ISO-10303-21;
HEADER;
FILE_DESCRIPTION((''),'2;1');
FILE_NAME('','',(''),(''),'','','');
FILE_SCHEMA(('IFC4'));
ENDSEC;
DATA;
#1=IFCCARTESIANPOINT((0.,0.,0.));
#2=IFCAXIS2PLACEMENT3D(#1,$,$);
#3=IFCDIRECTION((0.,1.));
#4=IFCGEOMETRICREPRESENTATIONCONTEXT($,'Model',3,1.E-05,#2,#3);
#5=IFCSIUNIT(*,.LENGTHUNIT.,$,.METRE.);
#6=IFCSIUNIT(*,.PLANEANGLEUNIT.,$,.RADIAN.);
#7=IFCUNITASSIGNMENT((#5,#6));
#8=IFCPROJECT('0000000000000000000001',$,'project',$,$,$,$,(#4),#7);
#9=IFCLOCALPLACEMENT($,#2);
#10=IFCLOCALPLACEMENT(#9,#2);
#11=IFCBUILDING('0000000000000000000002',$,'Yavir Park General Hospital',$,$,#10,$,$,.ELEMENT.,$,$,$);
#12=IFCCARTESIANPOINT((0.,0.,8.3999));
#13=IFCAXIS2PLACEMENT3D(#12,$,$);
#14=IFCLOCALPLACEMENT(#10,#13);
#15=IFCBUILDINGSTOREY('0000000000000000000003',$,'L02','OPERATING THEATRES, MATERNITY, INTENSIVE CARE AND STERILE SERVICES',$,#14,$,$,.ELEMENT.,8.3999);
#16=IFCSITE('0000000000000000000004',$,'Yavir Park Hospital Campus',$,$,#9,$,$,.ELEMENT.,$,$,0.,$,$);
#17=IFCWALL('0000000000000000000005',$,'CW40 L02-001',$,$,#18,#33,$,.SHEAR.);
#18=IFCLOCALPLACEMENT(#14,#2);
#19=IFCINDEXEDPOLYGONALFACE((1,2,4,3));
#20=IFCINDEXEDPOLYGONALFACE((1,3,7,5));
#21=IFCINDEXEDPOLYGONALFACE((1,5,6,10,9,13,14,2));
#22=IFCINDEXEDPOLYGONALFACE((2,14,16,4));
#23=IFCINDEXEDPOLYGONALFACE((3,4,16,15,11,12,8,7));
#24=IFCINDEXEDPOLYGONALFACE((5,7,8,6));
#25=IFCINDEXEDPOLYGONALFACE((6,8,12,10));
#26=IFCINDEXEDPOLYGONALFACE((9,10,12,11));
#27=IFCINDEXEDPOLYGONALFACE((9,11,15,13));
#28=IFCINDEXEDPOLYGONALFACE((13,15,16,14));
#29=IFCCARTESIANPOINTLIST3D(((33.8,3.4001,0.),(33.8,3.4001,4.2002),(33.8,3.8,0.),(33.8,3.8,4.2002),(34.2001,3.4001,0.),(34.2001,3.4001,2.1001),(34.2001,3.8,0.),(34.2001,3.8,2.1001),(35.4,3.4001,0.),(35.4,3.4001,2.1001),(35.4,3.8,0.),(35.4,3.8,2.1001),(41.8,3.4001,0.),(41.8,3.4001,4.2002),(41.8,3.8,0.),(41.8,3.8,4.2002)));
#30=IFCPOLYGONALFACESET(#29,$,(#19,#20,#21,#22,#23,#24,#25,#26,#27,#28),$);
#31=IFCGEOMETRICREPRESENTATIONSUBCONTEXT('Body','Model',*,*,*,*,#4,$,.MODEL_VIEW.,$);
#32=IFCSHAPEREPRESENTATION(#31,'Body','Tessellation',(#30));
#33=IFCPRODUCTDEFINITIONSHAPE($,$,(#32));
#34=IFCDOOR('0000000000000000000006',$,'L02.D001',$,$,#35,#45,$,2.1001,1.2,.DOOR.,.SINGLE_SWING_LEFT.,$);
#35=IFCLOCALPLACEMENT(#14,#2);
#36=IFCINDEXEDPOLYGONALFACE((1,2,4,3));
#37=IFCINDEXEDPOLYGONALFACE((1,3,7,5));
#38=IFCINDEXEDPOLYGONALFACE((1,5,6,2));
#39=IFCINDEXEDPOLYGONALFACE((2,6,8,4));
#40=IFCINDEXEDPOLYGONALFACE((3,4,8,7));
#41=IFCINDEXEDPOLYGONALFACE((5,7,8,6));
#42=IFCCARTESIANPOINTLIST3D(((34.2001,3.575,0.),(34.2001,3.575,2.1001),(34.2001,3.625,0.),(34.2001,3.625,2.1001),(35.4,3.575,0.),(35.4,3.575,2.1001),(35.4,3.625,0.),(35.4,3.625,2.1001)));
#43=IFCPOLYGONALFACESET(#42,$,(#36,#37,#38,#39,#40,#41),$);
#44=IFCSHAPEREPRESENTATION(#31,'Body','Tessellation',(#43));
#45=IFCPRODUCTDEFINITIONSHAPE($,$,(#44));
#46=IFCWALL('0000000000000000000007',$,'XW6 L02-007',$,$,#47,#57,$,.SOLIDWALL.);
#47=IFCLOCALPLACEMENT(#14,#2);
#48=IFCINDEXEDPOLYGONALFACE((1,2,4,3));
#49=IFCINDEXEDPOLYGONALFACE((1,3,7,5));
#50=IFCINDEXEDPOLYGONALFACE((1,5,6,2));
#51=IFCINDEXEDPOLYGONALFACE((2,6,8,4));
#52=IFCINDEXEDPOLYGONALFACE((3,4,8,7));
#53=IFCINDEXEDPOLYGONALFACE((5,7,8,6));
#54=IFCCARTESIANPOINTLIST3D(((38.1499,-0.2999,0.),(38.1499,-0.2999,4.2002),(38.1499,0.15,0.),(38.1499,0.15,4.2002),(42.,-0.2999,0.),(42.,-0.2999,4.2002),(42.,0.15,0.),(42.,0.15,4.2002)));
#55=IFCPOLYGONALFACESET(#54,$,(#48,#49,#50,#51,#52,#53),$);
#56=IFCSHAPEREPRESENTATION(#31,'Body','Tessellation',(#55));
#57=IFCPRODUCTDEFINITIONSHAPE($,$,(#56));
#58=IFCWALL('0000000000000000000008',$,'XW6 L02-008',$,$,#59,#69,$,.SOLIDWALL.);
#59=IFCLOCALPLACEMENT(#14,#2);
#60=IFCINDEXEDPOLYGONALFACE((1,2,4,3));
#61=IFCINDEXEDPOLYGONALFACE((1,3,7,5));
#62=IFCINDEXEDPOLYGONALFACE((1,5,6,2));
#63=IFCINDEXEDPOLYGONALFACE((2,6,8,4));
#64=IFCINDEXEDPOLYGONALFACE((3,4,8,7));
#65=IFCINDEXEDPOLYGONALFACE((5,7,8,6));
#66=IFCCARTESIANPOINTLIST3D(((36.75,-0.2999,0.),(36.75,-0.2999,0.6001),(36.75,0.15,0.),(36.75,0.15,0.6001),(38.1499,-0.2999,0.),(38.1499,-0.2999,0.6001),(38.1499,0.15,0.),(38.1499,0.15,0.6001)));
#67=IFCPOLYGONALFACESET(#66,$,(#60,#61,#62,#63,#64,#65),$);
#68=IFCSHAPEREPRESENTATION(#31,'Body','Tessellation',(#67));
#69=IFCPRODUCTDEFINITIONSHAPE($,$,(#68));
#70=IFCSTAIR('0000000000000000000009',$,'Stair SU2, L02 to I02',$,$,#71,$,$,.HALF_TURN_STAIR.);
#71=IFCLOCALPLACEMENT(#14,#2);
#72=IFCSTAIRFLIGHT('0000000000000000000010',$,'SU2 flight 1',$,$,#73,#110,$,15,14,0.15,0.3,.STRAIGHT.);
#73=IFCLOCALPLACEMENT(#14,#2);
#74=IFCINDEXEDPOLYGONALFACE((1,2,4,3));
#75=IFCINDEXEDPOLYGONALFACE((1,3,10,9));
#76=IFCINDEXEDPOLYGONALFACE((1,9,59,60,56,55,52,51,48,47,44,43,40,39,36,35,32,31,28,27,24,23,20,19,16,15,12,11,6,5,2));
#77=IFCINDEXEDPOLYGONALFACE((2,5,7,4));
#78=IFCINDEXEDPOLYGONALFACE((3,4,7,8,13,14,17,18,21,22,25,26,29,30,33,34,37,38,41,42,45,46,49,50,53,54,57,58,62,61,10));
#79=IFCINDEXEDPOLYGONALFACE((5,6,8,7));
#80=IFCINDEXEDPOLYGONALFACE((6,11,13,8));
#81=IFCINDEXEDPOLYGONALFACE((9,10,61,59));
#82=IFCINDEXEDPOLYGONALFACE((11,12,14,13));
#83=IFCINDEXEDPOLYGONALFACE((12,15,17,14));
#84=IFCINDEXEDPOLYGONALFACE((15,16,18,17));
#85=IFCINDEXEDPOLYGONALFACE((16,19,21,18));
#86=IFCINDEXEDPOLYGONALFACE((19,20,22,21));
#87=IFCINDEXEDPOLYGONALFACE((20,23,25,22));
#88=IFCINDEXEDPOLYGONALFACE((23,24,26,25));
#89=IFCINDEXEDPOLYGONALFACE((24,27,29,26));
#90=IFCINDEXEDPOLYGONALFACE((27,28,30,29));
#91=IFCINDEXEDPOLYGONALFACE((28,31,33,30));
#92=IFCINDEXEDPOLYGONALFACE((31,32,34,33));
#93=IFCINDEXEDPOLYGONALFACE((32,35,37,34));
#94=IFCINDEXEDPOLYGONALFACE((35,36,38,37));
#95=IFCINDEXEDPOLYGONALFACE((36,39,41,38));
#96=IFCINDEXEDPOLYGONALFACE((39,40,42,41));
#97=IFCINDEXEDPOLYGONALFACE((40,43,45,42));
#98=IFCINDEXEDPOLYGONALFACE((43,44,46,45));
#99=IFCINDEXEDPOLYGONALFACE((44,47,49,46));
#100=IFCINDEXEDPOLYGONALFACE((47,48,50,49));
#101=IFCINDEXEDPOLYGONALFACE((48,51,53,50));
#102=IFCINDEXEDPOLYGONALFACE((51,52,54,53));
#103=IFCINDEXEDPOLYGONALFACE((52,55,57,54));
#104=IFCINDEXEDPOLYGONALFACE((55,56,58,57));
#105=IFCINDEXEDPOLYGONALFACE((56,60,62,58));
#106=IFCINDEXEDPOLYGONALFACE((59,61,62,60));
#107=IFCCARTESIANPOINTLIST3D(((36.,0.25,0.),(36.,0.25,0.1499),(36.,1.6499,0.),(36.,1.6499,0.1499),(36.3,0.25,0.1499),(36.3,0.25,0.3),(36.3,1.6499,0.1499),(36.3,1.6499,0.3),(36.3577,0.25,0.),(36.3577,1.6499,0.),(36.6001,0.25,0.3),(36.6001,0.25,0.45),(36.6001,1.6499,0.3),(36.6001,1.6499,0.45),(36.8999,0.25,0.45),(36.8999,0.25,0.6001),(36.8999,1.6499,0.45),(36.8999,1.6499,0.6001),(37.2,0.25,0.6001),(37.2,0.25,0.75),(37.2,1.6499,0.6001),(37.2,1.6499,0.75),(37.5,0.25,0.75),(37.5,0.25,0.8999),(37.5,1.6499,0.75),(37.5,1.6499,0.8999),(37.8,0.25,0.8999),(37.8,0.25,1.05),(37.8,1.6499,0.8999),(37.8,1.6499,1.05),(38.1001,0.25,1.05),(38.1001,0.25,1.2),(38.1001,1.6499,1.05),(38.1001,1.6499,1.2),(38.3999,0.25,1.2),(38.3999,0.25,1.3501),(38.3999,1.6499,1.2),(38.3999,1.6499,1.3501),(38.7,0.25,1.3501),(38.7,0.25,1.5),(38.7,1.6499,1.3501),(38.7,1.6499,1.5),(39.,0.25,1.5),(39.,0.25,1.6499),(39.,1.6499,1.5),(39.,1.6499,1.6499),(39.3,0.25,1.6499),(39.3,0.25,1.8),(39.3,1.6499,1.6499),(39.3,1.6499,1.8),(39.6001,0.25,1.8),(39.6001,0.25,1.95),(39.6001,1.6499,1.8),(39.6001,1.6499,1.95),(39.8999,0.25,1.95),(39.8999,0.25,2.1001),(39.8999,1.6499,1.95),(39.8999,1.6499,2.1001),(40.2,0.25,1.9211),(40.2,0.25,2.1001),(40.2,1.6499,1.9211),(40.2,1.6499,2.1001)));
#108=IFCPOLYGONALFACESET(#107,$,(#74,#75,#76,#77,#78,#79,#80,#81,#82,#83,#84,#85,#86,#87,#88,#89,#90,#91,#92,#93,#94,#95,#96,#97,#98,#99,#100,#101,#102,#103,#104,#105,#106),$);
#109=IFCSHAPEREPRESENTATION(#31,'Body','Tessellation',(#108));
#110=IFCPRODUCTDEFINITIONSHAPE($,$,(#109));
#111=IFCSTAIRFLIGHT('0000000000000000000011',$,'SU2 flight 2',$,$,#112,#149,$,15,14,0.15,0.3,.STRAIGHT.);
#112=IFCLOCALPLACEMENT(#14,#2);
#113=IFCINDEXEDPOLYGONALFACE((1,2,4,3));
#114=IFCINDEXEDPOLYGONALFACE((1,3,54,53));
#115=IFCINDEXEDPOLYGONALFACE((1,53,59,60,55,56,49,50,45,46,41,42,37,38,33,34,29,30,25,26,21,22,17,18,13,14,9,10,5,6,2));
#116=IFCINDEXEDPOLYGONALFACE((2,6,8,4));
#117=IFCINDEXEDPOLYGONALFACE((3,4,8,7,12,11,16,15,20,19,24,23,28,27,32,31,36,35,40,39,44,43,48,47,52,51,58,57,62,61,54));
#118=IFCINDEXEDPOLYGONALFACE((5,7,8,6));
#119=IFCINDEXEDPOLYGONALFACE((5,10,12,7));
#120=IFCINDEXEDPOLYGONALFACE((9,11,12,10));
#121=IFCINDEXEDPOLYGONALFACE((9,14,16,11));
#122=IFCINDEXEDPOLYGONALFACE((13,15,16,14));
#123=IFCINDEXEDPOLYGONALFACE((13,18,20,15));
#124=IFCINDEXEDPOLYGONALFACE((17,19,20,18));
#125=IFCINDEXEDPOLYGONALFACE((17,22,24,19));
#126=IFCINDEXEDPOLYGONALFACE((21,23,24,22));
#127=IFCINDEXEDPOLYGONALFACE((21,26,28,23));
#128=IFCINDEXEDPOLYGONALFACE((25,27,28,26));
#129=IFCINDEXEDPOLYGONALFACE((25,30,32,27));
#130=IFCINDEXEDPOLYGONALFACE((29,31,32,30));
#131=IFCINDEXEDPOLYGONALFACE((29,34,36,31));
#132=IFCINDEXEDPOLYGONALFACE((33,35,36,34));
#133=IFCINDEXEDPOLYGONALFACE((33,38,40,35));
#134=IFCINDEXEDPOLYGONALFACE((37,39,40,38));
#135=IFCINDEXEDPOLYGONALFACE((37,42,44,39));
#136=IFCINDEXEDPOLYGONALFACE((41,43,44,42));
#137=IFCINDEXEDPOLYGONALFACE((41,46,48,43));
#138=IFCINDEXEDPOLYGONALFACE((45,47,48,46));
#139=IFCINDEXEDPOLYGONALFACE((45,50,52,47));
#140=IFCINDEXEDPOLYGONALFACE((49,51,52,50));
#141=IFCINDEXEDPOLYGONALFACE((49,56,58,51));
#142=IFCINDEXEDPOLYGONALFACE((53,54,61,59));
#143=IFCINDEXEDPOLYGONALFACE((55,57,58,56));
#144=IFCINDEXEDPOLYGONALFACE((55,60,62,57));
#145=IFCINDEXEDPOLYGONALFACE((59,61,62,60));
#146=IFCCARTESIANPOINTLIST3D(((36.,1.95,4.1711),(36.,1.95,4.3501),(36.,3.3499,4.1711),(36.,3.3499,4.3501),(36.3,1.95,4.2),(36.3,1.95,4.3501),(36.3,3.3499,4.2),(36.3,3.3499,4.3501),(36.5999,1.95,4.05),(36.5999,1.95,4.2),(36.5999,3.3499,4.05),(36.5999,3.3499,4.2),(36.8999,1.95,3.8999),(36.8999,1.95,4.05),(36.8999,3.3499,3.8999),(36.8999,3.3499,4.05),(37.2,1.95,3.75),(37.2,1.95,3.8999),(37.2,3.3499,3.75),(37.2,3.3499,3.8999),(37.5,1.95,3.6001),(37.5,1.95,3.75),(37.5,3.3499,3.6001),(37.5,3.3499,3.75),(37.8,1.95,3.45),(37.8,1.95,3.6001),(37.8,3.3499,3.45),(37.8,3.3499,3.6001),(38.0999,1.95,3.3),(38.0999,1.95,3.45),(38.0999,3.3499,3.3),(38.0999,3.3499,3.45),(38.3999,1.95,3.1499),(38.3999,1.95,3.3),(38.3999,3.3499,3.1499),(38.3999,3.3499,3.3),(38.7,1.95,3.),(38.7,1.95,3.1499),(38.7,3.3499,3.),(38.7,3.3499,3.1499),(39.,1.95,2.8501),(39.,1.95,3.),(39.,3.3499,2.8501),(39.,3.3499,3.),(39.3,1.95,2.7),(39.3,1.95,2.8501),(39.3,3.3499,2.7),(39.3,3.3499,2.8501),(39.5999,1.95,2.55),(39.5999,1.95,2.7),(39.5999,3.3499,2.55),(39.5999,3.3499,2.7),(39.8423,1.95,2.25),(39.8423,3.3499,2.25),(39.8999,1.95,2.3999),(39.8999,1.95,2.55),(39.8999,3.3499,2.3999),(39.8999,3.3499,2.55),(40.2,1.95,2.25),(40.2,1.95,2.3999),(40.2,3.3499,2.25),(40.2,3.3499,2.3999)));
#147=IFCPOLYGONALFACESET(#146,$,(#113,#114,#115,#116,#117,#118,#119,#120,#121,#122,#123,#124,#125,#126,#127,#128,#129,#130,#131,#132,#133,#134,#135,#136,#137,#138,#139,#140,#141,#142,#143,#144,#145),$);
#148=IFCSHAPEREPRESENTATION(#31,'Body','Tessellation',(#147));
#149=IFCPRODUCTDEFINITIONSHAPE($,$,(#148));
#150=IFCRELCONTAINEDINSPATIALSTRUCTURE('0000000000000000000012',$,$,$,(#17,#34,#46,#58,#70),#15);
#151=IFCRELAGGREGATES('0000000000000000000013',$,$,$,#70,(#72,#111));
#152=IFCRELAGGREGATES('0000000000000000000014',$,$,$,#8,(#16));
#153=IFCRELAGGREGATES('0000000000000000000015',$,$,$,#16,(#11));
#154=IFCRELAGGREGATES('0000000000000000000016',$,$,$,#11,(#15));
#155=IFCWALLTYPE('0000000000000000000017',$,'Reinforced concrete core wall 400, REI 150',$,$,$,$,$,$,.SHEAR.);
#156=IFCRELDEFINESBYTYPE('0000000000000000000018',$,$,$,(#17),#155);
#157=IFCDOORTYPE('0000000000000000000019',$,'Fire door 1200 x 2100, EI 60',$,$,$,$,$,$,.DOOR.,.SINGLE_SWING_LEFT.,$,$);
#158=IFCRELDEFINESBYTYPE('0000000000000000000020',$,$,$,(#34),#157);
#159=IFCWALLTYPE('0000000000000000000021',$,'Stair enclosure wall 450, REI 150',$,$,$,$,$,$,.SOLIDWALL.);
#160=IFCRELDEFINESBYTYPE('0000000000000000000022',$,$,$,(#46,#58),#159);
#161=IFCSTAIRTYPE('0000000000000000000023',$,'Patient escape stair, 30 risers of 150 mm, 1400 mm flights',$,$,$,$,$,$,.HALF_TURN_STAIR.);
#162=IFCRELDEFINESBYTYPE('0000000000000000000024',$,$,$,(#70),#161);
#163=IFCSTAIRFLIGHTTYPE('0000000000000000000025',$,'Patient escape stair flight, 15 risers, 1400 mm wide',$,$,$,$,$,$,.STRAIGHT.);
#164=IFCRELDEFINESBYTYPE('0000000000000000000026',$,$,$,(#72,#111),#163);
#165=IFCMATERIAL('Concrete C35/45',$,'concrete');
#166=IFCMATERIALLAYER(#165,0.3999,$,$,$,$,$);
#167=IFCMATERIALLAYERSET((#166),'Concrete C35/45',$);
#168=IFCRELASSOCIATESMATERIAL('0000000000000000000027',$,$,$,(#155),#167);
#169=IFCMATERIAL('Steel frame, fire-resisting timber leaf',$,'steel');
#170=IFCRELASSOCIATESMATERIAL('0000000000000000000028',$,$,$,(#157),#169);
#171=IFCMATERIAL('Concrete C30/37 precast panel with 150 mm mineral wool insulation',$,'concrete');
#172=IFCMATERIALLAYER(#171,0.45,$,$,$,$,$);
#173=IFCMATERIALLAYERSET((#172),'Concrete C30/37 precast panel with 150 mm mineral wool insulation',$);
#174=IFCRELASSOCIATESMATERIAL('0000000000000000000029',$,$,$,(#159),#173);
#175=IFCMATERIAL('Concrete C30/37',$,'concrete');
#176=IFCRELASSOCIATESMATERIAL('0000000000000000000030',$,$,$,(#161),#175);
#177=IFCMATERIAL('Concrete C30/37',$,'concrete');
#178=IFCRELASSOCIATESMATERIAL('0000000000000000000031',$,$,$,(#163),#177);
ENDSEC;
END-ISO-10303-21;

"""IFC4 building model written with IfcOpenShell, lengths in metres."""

from ifc_helpers import new_model, si_unit, direction, frame, frame_2d, origin, place, context, subcontext, project, spatial, polyline, rectangle, outline, extrude, material, layer, layer_set, type_object, element, fill, aggregate, save


model = new_model("IFC4")

# Units and contexts
model_context = context("Model", 3, precision=1e-05, world=origin(), true_north=direction((0.0, 1.0)))
body_context = subcontext(model_context, "Body", "Model", "MODEL_VIEW")
ifc_project = project(units=[si_unit("LENGTHUNIT", "METRE"), si_unit("PLANEANGLEUNIT", "RADIAN")], contexts=[model_context])

# Site, building, storey
site_placement = place(None, origin())
site = spatial("IfcSite", under=ifc_project, at=site_placement, Name="Yavir Park Hospital Campus", CompositionType="ELEMENT", RefElevation=0.0)
building_placement = place(site_placement, origin())
building = spatial("IfcBuilding", under=site, at=building_placement, Name="Yavir Park General Hospital", CompositionType="ELEMENT")
storey_placement = place(building_placement, frame((0.0, 0.0, 8.3999)))
storey = spatial("IfcBuildingStorey", under=building, at=storey_placement, Name="L02", Description="OPERATING THEATRES, MATERNITY, INTENSIVE CARE AND STERILE SERVICES", CompositionType="ELEMENT", Elevation=8.3999)

# Wall, opening, door
ifc_material_1 = material(Name="Concrete C35/45", Category="concrete")
ifc_layer_1 = layer(ifc_material_1, 0.3999)
ifc_layer_set_1 = layer_set([ifc_layer_1], Name="Concrete C35/45")
wall_type_1 = type_object("IfcWallType", Name="Reinforced concrete core wall 400, REI 150", PredefinedType="SHEAR", material=ifc_layer_set_1)
wall_1_placement = place(storey_placement, frame((33.8, 3.6001, 0.0), z_axis=(0.0, 0.0, 1.0), x_axis=(1.0, 0.0, 0.0)))
wall_1 = element("IfcWall", 1, at=wall_1_placement, inside=storey, type_object=wall_type_1, Name="CW40 L02-001", PredefinedType="SHEAR", context=body_context, shape_type="SweptSolid", body=[
    extrude(rectangle(XDim=8.0, YDim=0.3999, at=frame_2d((4.0, 0.0))), origin(), (0.0, 0.0, 1.0), 4.2002),
])
opening_1_placement = place(wall_1_placement, frame((0.3999, 0.0, 0.0)))
opening_1 = element("IfcOpeningElement", 2, at=opening_1_placement, cuts=wall_1, PredefinedType="OPENING", context=body_context, shape_type="SweptSolid", body=[
    extrude(rectangle(XDim=1.2, YDim=2.1001, at=frame_2d((0.6001, 1.05))), frame((0.0, 0.21, 0.0), z_axis=(0.0, -1.0, 0.0), x_axis=(1.0, 0.0, 0.0)), (0.0, 0.0, 1.0), 0.4199),
])
ifc_material_2 = material(Name="Steel frame, fire-resisting timber leaf", Category="steel")
door_type_1 = type_object("IfcDoorType", Name="Fire door 1200 x 2100, EI 60", OperationType="SINGLE_SWING_LEFT", PredefinedType="DOOR", material=ifc_material_2)
door_1_placement = place(opening_1_placement, origin())
door_1 = element("IfcDoor", 3, at=door_1_placement, inside=storey, type_object=door_type_1, Name="L02.D001", OperationType="SINGLE_SWING_LEFT", OverallHeight=2.1001, OverallWidth=1.2, PredefinedType="DOOR", context=body_context, shape_type="SweptSolid", body=[
    extrude(rectangle(XDim=1.2, YDim=2.1001, at=frame_2d((0.6001, 1.05))), frame((0.0, 0.0249, 0.0), z_axis=(0.0, -1.0, 0.0), x_axis=(1.0, 0.0, 0.0)), (0.0, 0.0, 1.0), 0.05),
])
fill(opening_1, door_1)

# Walls
ifc_material_3 = material(Name="Concrete C30/37 precast panel with 150 mm mineral wool insulation", Category="concrete")
ifc_layer_2 = layer(ifc_material_3, 0.45)
ifc_layer_set_2 = layer_set([ifc_layer_2], Name="Concrete C30/37 precast panel with 150 mm mineral wool insulation")
wall_type_2 = type_object("IfcWallType", Name="Stair enclosure wall 450, REI 150", PredefinedType="SOLIDWALL", material=ifc_layer_set_2)
wall_2_placement = place(storey_placement, frame((38.1499, -0.075, 0.0), z_axis=(0.0, 0.0, 1.0), x_axis=(1.0, 0.0, 0.0)))
element("IfcWall", 4, at=wall_2_placement, inside=storey, type_object=wall_type_2, Name="XW6 L02-007", PredefinedType="SOLIDWALL", context=body_context, shape_type="SweptSolid", body=[
    extrude(rectangle(XDim=3.8501, YDim=0.45, at=frame_2d((1.925, 0.0))), origin(), (0.0, 0.0, 1.0), 4.2002),
])
wall_3_placement = place(storey_placement, frame((36.75, -0.075, 0.0), z_axis=(0.0, 0.0, 1.0), x_axis=(1.0, 0.0, 0.0)))
element("IfcWall", 5, at=wall_3_placement, inside=storey, type_object=wall_type_2, Name="XW6 L02-008", PredefinedType="SOLIDWALL", context=body_context, shape_type="SweptSolid", body=[
    extrude(rectangle(XDim=1.3999, YDim=0.45, at=frame_2d((0.7, 0.0))), origin(), (0.0, 0.0, 1.0), 0.6001),
])

# Stair, stair flights
ifc_material_4 = material(Name="Concrete C30/37", Category="concrete")
stair_type = type_object("IfcStairType", Name="Patient escape stair, 30 risers of 150 mm, 1400 mm flights", PredefinedType="HALF_TURN_STAIR", material=ifc_material_4)
stair_placement = place(storey_placement, origin())
stair = element("IfcStair", 6, at=stair_placement, inside=storey, type_object=stair_type, Name="Stair SU2, L02 to I02", PredefinedType="HALF_TURN_STAIR")
ifc_material_5 = material(Name="Concrete C30/37", Category="concrete")
stair_flight_type = type_object("IfcStairFlightType", Name="Patient escape stair flight, 15 risers, 1400 mm wide", PredefinedType="STRAIGHT", material=ifc_material_5)
stair_flight_1_placement = place(storey_placement, frame((36.0, 0.95, 0.0), z_axis=(0.0, 0.0, 1.0), x_axis=(1.0, 0.0, 0.0)))
stair_flight_1 = element("IfcStairFlight", 7, at=stair_flight_1_placement, type_object=stair_flight_type, Name="SU2 flight 1", NumberOfRisers=15, NumberOfTreads=14, PredefinedType="STRAIGHT", RiserHeight=0.15, TreadLength=0.3, context=body_context, shape_type="SweptSolid", body=[
    extrude(outline(polyline([(0.0, 0.0), (0.0, 0.1499), (0.3, 0.1499), (0.3, 0.3), (0.6001, 0.3), (0.6001, 0.45), (0.8999, 0.45), (0.8999, 0.6001), (1.2, 0.6001), (1.2, 0.75), (1.5, 0.75), (1.5, 0.8999), (1.8, 0.8999), (1.8, 1.05), (2.1001, 1.05), (2.1001, 1.2), (2.3999, 1.2), (2.3999, 1.3501), (2.7, 1.3501), (2.7, 1.5), (3.0, 1.5), (3.0, 1.6499), (3.3, 1.6499), (3.3, 1.8), (3.6001, 1.8), (3.6001, 1.95), (3.8999, 1.95), (3.8999, 2.1001), (4.2, 2.1001), (4.2, 2.25), (4.2, 1.9211), (0.3577, 0.0), (0.0, 0.0)])), frame((0.0, 0.7, 0.0), z_axis=(0.0, -1.0, 0.0), x_axis=(1.0, 0.0, 0.0)), (0.0, 0.0, 1.0), 1.3999),
])
stair_flight_2_placement = place(storey_placement, frame((40.2, 2.6499, 2.25), z_axis=(0.0, 0.0, 1.0), x_axis=(-1.0, 0.0, 0.0)))
stair_flight_2 = element("IfcStairFlight", 8, at=stair_flight_2_placement, type_object=stair_flight_type, Name="SU2 flight 2", NumberOfRisers=15, NumberOfTreads=14, PredefinedType="STRAIGHT", RiserHeight=0.15, TreadLength=0.3, context=body_context, shape_type="SweptSolid", body=[
    extrude(outline(polyline([(0.0, 0.0), (0.0, 0.1499), (0.3, 0.1499), (0.3, 0.3), (0.6001, 0.3), (0.6001, 0.45), (0.8999, 0.45), (0.8999, 0.6001), (1.2, 0.6001), (1.2, 0.75), (1.5, 0.75), (1.5, 0.8999), (1.8, 0.8999), (1.8, 1.05), (2.1001, 1.05), (2.1001, 1.2), (2.3999, 1.2), (2.3999, 1.3501), (2.7, 1.3501), (2.7, 1.5), (3.0, 1.5), (3.0, 1.6499), (3.3, 1.6499), (3.3, 1.8), (3.6001, 1.8), (3.6001, 1.95), (3.8999, 1.95), (3.8999, 2.1001), (4.2, 2.1001), (4.2, 2.25), (4.2, 1.9211), (0.3577, 0.0), (0.0, 0.0)])), frame((0.0, 0.7, 0.0), z_axis=(0.0, -1.0, 0.0), x_axis=(1.0, 0.0, 0.0)), (0.0, 0.0, 1.0), 1.3999),
])
aggregate(stair, [stair_flight_1, stair_flight_2])

save(model, "model.ifc")
